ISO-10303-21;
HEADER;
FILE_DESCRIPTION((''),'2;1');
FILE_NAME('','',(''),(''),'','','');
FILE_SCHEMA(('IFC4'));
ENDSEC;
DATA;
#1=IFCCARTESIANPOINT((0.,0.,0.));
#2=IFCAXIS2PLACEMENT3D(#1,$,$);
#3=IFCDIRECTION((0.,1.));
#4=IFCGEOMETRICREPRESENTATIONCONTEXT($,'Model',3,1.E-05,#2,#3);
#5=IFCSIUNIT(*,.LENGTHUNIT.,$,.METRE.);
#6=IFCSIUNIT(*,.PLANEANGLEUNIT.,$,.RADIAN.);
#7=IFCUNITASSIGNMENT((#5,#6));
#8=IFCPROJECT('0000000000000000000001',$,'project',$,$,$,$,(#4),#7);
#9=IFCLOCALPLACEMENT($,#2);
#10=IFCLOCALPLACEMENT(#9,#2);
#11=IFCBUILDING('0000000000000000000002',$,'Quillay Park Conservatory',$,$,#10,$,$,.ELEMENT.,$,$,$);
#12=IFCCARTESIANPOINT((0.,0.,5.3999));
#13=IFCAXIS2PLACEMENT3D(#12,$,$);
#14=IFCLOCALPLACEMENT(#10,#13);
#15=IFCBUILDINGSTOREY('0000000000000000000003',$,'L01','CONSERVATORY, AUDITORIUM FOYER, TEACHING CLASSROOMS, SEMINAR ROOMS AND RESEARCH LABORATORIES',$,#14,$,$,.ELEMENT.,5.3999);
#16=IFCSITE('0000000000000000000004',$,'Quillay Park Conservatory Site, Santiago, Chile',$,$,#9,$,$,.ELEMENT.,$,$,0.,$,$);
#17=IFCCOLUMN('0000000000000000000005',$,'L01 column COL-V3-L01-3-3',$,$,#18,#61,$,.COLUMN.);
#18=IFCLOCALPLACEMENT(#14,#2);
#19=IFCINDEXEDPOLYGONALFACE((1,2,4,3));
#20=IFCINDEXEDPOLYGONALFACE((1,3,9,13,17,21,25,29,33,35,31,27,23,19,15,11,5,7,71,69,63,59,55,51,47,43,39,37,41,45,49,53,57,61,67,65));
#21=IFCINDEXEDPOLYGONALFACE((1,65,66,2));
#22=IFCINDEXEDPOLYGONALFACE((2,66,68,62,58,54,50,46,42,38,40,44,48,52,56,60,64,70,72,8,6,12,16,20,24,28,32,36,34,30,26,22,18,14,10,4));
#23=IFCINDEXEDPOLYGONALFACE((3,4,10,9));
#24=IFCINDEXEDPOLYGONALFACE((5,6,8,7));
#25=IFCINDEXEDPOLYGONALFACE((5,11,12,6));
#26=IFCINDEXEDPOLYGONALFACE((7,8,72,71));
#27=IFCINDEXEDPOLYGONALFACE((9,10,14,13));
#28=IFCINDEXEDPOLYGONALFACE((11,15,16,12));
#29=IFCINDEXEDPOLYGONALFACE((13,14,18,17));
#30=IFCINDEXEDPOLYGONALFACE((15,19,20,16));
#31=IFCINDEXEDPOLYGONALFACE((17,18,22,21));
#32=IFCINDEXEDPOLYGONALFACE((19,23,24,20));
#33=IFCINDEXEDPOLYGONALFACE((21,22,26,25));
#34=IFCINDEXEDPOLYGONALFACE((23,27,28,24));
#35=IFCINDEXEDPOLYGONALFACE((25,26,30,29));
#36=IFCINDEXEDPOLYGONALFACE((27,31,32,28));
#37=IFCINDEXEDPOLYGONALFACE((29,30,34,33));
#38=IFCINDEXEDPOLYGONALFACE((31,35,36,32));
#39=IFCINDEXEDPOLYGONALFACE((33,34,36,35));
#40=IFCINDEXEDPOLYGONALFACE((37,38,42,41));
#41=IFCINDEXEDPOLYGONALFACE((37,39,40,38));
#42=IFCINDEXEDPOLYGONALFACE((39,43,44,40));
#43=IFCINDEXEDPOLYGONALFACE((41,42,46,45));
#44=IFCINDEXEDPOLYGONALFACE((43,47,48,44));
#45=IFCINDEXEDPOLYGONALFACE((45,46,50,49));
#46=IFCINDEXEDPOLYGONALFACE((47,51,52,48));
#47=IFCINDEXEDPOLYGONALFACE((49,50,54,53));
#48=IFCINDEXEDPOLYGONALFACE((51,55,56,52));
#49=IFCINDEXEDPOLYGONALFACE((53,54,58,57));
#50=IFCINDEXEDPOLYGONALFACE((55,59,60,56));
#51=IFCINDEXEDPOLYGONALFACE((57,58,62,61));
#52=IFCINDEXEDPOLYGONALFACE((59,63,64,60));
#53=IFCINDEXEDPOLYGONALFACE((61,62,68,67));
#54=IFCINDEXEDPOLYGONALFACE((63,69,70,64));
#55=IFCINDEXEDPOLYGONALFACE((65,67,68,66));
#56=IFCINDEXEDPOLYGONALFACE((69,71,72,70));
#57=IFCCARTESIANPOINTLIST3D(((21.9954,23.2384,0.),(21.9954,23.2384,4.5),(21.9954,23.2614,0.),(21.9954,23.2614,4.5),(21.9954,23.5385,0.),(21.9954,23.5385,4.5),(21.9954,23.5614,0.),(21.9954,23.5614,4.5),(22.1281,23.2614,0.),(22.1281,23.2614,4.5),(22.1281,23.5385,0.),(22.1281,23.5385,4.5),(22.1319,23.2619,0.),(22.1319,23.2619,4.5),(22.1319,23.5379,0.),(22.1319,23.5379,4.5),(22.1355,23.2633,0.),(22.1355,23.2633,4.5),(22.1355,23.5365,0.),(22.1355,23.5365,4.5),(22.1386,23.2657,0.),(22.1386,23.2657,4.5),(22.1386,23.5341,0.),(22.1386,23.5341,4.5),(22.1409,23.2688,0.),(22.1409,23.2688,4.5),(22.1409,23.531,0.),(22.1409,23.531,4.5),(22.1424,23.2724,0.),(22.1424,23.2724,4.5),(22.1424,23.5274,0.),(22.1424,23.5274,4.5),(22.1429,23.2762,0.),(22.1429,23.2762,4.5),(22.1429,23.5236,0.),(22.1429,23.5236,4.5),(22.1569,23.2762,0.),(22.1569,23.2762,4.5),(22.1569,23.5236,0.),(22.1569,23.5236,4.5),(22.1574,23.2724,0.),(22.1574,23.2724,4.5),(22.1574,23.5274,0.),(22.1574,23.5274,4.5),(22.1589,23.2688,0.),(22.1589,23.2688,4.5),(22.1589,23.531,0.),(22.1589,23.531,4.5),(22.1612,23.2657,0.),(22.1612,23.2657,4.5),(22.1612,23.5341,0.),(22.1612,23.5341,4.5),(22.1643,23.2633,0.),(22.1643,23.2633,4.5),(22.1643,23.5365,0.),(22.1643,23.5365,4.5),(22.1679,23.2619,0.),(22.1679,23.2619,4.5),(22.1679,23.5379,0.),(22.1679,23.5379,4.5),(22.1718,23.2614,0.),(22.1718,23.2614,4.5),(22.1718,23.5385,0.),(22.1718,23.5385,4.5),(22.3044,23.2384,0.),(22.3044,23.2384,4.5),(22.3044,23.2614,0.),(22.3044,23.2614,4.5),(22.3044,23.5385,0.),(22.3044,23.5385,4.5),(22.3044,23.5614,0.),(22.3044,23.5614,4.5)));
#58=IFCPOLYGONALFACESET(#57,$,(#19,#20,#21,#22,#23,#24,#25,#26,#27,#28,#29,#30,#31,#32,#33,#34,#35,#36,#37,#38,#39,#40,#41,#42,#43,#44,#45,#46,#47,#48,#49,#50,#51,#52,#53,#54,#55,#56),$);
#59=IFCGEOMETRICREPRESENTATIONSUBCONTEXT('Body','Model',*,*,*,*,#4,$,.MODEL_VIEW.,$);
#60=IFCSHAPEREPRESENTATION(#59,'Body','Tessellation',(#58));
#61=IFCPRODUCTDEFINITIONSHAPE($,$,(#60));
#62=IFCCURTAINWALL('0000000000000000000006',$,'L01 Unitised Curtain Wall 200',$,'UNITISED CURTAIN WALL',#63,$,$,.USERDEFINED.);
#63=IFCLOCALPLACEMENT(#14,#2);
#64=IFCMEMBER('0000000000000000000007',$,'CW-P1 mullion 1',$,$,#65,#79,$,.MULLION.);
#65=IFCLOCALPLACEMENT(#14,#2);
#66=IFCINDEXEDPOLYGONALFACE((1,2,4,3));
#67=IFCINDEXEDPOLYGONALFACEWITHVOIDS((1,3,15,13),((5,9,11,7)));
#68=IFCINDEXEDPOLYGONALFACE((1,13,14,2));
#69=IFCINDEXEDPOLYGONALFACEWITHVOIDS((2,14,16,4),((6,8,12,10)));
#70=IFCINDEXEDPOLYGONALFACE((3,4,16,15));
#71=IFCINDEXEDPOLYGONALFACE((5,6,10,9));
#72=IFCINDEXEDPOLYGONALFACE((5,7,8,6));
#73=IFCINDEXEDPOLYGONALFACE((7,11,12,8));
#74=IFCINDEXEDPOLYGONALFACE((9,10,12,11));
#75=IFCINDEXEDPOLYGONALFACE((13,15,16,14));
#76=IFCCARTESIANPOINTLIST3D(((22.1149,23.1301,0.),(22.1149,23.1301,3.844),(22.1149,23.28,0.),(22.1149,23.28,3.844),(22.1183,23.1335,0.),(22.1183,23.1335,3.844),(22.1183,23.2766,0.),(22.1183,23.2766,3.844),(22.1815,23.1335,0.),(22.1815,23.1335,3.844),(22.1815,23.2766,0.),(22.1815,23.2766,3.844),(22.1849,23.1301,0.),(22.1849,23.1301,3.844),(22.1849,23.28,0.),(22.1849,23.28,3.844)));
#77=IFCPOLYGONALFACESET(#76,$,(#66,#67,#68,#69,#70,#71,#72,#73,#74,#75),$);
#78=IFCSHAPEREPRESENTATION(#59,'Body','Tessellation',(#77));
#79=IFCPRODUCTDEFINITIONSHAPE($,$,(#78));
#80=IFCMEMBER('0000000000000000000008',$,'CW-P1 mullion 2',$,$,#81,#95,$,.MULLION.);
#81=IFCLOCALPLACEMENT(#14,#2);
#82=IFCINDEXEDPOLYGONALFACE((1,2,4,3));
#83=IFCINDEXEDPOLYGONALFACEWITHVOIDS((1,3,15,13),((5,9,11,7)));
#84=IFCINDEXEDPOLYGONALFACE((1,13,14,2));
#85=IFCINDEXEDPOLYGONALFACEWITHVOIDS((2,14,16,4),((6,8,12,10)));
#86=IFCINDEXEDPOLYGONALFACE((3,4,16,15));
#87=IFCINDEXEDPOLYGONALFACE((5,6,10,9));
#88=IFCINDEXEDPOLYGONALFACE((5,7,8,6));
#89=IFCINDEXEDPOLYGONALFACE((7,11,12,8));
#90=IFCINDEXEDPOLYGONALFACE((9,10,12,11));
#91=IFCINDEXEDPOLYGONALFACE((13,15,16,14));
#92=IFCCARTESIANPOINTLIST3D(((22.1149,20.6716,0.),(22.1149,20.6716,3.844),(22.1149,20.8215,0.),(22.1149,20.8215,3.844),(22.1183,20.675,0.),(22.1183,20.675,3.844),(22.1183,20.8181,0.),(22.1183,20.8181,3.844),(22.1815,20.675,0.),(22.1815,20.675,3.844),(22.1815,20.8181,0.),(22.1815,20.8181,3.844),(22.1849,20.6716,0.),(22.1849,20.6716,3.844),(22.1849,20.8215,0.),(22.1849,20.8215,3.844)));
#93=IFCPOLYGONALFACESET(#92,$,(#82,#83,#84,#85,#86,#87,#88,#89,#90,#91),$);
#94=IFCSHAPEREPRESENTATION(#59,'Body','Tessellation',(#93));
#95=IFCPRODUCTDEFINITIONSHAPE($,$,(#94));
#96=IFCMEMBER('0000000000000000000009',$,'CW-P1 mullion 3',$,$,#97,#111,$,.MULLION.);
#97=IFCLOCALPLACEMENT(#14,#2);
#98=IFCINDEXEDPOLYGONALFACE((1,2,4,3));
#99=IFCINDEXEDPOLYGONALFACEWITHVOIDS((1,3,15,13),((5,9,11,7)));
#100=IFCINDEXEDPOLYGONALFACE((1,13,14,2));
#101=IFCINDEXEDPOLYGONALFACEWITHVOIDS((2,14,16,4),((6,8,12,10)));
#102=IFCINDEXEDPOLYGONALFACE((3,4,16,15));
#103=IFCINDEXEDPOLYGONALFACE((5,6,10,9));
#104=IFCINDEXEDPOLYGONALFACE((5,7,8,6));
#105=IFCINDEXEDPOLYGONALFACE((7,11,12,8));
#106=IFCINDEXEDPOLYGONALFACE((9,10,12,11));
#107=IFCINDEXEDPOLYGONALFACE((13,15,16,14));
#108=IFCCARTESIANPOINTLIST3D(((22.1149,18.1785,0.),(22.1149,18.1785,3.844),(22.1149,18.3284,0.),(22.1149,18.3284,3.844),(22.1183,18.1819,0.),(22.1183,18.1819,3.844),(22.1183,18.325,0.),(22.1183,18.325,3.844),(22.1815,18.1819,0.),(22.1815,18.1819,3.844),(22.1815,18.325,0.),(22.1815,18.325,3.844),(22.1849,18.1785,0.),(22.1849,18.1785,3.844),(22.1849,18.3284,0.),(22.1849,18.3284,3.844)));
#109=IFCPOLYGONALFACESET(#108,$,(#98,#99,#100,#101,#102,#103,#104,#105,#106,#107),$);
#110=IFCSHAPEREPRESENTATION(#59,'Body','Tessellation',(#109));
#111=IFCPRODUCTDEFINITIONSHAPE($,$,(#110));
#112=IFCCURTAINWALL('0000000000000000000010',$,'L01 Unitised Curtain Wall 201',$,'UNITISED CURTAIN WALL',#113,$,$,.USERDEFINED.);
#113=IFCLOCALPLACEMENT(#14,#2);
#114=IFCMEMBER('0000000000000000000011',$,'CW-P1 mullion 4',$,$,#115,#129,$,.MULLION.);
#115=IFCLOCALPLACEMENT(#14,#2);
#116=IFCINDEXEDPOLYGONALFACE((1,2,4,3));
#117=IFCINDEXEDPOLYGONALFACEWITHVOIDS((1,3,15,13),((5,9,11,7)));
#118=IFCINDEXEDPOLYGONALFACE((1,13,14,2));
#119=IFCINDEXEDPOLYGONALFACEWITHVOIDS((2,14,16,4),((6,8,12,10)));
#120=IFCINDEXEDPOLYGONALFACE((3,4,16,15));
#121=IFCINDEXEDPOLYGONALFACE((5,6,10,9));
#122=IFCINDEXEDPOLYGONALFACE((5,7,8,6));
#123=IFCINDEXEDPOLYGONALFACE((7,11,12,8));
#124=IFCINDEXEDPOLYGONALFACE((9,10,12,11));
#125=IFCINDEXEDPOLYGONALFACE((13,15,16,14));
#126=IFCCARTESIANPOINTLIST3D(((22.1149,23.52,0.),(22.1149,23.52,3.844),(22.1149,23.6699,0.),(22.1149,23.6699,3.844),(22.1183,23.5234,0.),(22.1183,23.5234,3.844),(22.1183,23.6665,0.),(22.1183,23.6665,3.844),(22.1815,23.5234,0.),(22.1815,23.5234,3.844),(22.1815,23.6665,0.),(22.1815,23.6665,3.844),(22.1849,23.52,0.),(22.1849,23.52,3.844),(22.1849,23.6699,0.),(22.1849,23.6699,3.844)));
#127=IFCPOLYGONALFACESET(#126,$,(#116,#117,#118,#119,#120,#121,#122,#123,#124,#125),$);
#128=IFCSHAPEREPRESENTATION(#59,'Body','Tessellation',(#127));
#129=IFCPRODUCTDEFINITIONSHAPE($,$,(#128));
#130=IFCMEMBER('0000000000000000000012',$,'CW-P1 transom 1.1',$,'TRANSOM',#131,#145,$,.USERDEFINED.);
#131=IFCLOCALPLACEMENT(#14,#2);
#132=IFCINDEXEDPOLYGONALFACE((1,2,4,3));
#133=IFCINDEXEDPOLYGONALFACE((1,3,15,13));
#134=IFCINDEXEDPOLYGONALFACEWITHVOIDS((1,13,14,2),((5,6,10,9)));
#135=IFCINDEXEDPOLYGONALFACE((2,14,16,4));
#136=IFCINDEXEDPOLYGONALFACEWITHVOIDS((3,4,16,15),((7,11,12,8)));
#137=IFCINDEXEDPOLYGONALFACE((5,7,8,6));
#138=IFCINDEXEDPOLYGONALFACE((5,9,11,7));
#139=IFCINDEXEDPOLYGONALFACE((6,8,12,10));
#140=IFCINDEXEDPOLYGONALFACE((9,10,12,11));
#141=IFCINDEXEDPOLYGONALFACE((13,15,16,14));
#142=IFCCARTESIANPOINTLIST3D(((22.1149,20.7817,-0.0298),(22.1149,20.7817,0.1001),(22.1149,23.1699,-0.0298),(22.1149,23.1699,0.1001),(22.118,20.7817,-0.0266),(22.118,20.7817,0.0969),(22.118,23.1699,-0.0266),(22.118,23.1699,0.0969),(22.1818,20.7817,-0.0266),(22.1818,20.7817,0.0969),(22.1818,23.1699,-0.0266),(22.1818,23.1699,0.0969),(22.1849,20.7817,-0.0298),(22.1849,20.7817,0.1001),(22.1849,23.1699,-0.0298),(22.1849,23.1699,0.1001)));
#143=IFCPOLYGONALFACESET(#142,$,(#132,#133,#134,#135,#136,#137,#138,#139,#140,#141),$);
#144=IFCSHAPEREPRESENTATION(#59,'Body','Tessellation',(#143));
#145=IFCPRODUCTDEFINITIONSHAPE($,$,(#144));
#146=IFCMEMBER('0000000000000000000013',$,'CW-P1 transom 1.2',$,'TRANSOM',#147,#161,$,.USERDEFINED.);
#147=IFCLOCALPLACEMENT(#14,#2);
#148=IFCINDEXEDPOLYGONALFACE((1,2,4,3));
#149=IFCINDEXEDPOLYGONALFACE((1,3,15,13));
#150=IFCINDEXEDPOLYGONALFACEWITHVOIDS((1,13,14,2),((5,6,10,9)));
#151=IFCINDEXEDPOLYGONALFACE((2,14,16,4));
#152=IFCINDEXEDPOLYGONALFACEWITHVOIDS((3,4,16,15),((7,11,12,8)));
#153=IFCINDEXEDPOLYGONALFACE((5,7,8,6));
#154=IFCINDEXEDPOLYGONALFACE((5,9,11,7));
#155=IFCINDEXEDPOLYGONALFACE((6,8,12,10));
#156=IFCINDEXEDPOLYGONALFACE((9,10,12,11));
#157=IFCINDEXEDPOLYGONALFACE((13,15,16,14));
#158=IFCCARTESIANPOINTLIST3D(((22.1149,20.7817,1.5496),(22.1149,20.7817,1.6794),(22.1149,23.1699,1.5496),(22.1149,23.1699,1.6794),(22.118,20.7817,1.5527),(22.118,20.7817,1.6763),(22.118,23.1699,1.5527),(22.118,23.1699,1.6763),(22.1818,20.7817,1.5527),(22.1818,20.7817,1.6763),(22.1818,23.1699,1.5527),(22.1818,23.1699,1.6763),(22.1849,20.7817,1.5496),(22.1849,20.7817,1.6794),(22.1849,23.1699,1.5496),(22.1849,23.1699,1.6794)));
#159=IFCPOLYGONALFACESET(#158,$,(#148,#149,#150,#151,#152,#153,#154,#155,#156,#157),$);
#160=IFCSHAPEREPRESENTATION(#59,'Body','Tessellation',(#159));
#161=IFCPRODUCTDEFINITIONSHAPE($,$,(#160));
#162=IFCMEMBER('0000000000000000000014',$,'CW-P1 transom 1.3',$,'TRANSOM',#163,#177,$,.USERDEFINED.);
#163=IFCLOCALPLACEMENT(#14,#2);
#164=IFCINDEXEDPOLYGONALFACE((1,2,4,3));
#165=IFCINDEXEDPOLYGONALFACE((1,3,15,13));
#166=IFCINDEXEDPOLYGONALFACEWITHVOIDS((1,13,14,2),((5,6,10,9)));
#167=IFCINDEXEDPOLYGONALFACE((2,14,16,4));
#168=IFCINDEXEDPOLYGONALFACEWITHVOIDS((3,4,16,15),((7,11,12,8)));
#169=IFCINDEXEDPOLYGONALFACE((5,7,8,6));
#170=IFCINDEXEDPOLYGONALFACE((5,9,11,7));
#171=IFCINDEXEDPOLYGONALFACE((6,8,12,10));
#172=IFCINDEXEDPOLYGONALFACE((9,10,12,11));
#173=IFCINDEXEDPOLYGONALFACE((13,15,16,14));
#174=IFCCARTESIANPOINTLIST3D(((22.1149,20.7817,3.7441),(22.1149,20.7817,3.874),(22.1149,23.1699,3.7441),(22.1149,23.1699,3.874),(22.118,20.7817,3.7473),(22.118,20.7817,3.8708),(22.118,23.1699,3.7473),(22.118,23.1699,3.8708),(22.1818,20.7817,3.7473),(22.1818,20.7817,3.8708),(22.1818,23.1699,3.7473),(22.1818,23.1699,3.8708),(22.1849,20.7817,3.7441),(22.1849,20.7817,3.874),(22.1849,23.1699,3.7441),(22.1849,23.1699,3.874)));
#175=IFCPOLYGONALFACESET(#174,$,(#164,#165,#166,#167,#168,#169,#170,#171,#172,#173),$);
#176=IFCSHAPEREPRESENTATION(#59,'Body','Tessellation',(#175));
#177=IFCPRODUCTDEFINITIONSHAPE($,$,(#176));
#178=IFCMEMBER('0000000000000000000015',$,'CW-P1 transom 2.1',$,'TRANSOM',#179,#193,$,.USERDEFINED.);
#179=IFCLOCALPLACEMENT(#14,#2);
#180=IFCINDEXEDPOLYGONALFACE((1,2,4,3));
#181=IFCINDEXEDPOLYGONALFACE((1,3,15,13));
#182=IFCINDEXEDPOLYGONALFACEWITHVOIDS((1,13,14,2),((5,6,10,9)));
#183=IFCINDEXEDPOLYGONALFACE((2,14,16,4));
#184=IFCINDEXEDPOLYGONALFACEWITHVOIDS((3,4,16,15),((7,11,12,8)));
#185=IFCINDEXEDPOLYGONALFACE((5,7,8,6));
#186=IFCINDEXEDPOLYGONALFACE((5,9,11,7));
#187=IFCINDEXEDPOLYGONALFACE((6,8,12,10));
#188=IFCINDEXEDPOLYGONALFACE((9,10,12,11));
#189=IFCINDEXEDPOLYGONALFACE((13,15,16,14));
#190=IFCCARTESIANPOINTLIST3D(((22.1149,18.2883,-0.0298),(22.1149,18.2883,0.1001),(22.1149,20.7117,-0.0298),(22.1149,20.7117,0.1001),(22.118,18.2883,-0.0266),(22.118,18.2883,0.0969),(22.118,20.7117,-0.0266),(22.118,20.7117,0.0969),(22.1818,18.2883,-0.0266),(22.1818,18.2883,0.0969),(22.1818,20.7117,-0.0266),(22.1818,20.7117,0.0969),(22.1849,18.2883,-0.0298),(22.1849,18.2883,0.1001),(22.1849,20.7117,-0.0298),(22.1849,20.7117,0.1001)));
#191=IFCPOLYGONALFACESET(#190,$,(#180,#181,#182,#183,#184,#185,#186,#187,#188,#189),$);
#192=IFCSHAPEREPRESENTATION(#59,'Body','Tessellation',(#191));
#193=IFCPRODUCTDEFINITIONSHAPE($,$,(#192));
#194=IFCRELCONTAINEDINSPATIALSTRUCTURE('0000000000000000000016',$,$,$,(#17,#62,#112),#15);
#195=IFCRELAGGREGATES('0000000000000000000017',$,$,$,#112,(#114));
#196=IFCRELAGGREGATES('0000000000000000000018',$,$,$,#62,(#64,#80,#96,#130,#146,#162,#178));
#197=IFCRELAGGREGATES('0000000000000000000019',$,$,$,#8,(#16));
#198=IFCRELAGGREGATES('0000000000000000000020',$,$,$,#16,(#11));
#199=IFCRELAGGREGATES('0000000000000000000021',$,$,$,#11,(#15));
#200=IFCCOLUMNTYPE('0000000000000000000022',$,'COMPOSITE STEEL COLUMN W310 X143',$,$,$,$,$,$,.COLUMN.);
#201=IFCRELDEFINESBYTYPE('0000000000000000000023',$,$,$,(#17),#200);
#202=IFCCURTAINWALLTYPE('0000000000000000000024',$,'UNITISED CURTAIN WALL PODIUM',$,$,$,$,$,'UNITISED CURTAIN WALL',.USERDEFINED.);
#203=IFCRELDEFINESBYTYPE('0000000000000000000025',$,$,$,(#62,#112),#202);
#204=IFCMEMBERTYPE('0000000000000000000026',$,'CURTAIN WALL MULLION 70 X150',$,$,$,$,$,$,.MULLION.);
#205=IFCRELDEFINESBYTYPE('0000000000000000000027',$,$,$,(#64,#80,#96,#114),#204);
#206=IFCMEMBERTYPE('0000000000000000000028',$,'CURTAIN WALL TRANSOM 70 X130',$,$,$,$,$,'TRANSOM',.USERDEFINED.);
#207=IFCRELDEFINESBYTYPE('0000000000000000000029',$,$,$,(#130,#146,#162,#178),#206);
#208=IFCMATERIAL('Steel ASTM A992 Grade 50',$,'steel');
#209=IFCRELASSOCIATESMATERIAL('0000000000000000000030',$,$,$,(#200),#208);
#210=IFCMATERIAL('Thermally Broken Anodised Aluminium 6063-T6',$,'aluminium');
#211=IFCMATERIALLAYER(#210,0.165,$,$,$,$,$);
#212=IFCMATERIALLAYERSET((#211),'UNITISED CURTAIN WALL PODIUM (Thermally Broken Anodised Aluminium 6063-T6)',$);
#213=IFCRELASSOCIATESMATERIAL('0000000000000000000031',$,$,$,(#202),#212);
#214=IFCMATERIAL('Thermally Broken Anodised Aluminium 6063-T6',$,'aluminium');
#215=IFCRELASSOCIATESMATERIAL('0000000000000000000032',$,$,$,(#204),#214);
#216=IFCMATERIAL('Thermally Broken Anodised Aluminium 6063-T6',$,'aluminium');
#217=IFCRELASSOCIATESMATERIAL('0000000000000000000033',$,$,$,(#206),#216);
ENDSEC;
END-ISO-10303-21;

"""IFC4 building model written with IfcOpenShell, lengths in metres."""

from ifc_helpers import new_model, si_unit, direction, frame, origin, origin_2d, place, context, subcontext, project, spatial, hollow_rectangle, i_section, extrude, material, layer, layer_set, material_profile, profile_set, type_object, element, aggregate, save


model = new_model("IFC4")

# Units and contexts
model_context = context("Model", 3, precision=1e-05, world=origin(), true_north=direction((0.0, 1.0)))
body_context = subcontext(model_context, "Body", "Model", "MODEL_VIEW")
ifc_project = project(units=[si_unit("LENGTHUNIT", "METRE"), si_unit("PLANEANGLEUNIT", "RADIAN")], contexts=[model_context])

# Site, building, storey
site_placement = place(None, origin())
site = spatial("IfcSite", under=ifc_project, at=site_placement, Name="Quillay Park Conservatory Site, Santiago, Chile", CompositionType="ELEMENT", RefElevation=0.0)
building_placement = place(site_placement, origin())
building = spatial("IfcBuilding", under=site, at=building_placement, Name="Quillay Park Conservatory", CompositionType="ELEMENT")
storey_placement = place(building_placement, frame((0.0, 0.0, 5.3999)))
storey = spatial("IfcBuildingStorey", under=building, at=storey_placement, Name="L01", Description="CONSERVATORY, AUDITORIUM FOYER, TEACHING CLASSROOMS, SEMINAR ROOMS AND RESEARCH LABORATORIES", CompositionType="ELEMENT", Elevation=5.3999)

# Column
ifc_material_1 = material(Name="Steel ASTM A992 Grade 50", Category="steel")
ifc_material_profile_1 = material_profile(ifc_material_1, i_section(OverallWidth=0.3091, OverallDepth=0.323, WebThickness=0.0139, FlangeThickness=0.0229, FilletRadius=0.0149, at=origin_2d()), Name="W310x143")
ifc_profile_set_1 = profile_set([ifc_material_profile_1], Name="Steel ASTM A992 Grade 50")
column_type = type_object("IfcColumnType", Name="COMPOSITE STEEL COLUMN W310 X143", PredefinedType="COLUMN", material=ifc_profile_set_1)
column_placement = place(storey_placement, frame((22.1499, 23.3999, 0.0), z_axis=(0.0, 0.0, 1.0), x_axis=(1.0, 0.0, 0.0)))
element("IfcColumn", 1, at=column_placement, inside=storey, type_object=column_type, Name="L01 column COL-V3-L01-3-3", PredefinedType="COLUMN", context=body_context, shape_type="SweptSolid", body=[
    extrude(i_section(OverallWidth=0.3091, OverallDepth=0.323, WebThickness=0.0139, FlangeThickness=0.0229, FilletRadius=0.0149, at=origin_2d()), origin(), (0.0, 0.0, 1.0), 4.5),
])

# Curtain wall, members
ifc_material_2 = material(Name="Thermally Broken Anodised Aluminium 6063-T6", Category="aluminium")
ifc_layer_1 = layer(ifc_material_2, 0.165)
ifc_layer_set_1 = layer_set([ifc_layer_1], Name="UNITISED CURTAIN WALL PODIUM (Thermally Broken Anodised Aluminium 6063-T6)")
curtain_wall_type = type_object("IfcCurtainWallType", Name="UNITISED CURTAIN WALL PODIUM", ElementType="UNITISED CURTAIN WALL", PredefinedType="USERDEFINED", material=ifc_layer_set_1)
curtain_wall_1_placement = place(storey_placement, origin())
curtain_wall_1 = element("IfcCurtainWall", 2, at=curtain_wall_1_placement, inside=storey, type_object=curtain_wall_type, Name="L01 Unitised Curtain Wall 200", ObjectType="UNITISED CURTAIN WALL", PredefinedType="USERDEFINED")
ifc_material_3 = material(Name="Thermally Broken Anodised Aluminium 6063-T6", Category="aluminium")
ifc_material_profile_2 = material_profile(ifc_material_3, hollow_rectangle(XDim=0.0701, YDim=0.1499, WallThickness=0.0034, at=origin_2d()), Name="AL70x150x3.5")
ifc_profile_set_2 = profile_set([ifc_material_profile_2], Name="Thermally Broken Anodised Aluminium 6063-T6")
member_type_1 = type_object("IfcMemberType", Name="CURTAIN WALL MULLION 70 X150", PredefinedType="MULLION", material=ifc_profile_set_2)
member_1_placement = place(storey_placement, frame((22.1499, 23.2051, 0.0), z_axis=(0.0, 0.0, 1.0), x_axis=(1.0, 0.0, 0.0)))
member_1 = element("IfcMember", 3, at=member_1_placement, type_object=member_type_1, Name="CW-P1 mullion 1", PredefinedType="MULLION", context=body_context, shape_type="SweptSolid", body=[
    extrude(hollow_rectangle(XDim=0.0701, YDim=0.1499, WallThickness=0.0034, at=origin_2d()), origin(), (0.0, 0.0, 1.0), 3.844),
])
member_2_placement = place(storey_placement, frame((22.1499, 20.7466, 0.0), z_axis=(0.0, 0.0, 1.0), x_axis=(1.0, 0.0, 0.0)))
member_2 = element("IfcMember", 4, at=member_2_placement, type_object=member_type_1, Name="CW-P1 mullion 2", PredefinedType="MULLION", context=body_context, shape_type="SweptSolid", body=[
    extrude(hollow_rectangle(XDim=0.0701, YDim=0.1499, WallThickness=0.0034, at=origin_2d()), origin(), (0.0, 0.0, 1.0), 3.844),
])
member_3_placement = place(storey_placement, frame((22.1499, 18.2534, 0.0), z_axis=(0.0, 0.0, 1.0), x_axis=(1.0, 0.0, 0.0)))
member_3 = element("IfcMember", 5, at=member_3_placement, type_object=member_type_1, Name="CW-P1 mullion 3", PredefinedType="MULLION", context=body_context, shape_type="SweptSolid", body=[
    extrude(hollow_rectangle(XDim=0.0701, YDim=0.1499, WallThickness=0.0034, at=origin_2d()), origin(), (0.0, 0.0, 1.0), 3.844),
])

# Curtain wall, member
curtain_wall_2_placement = place(storey_placement, origin())
curtain_wall_2 = element("IfcCurtainWall", 6, at=curtain_wall_2_placement, inside=storey, type_object=curtain_wall_type, Name="L01 Unitised Curtain Wall 201", ObjectType="UNITISED CURTAIN WALL", PredefinedType="USERDEFINED")
member_4_placement = place(storey_placement, frame((22.1499, 23.595, 0.0), z_axis=(0.0, 0.0, 1.0), x_axis=(1.0, 0.0, 0.0)))
member_4 = element("IfcMember", 7, at=member_4_placement, type_object=member_type_1, Name="CW-P1 mullion 4", PredefinedType="MULLION", context=body_context, shape_type="SweptSolid", body=[
    extrude(hollow_rectangle(XDim=0.0701, YDim=0.1499, WallThickness=0.0034, at=origin_2d()), origin(), (0.0, 0.0, 1.0), 3.844),
])
aggregate(curtain_wall_2, [member_4])

# Members
ifc_material_4 = material(Name="Thermally Broken Anodised Aluminium 6063-T6", Category="aluminium")
ifc_material_profile_3 = material_profile(ifc_material_4, hollow_rectangle(XDim=0.0701, YDim=0.1299, WallThickness=0.0032, at=origin_2d()), Name="AL70x130x3.2")
ifc_profile_set_3 = profile_set([ifc_material_profile_3], Name="Thermally Broken Anodised Aluminium 6063-T6")
member_type_2 = type_object("IfcMemberType", Name="CURTAIN WALL TRANSOM 70 X130", ElementType="TRANSOM", PredefinedType="USERDEFINED", material=ifc_profile_set_3)
member_5_placement = place(storey_placement, frame((22.1499, 23.1699, 0.0352), z_axis=(0.0, -1.0, 0.0), x_axis=(1.0, 0.0, 0.0)))
member_5 = element("IfcMember", 8, at=member_5_placement, type_object=member_type_2, Name="CW-P1 transom 1.1", ObjectType="TRANSOM", PredefinedType="USERDEFINED", context=body_context, shape_type="SweptSolid", body=[
    extrude(hollow_rectangle(XDim=0.0701, YDim=0.1299, WallThickness=0.0032, at=origin_2d()), origin(), (0.0, 0.0, 1.0), 2.3882),
])
member_6_placement = place(storey_placement, frame((22.1499, 23.1699, 1.6145), z_axis=(0.0, -1.0, 0.0), x_axis=(1.0, 0.0, 0.0)))
member_6 = element("IfcMember", 9, at=member_6_placement, type_object=member_type_2, Name="CW-P1 transom 1.2", ObjectType="TRANSOM", PredefinedType="USERDEFINED", context=body_context, shape_type="SweptSolid", body=[
    extrude(hollow_rectangle(XDim=0.0701, YDim=0.1299, WallThickness=0.0032, at=origin_2d()), origin(), (0.0, 0.0, 1.0), 2.3882),
])
member_7_placement = place(storey_placement, frame((22.1499, 23.1699, 3.8091), z_axis=(0.0, -1.0, 0.0), x_axis=(1.0, 0.0, 0.0)))
member_7 = element("IfcMember", 10, at=member_7_placement, type_object=member_type_2, Name="CW-P1 transom 1.3", ObjectType="TRANSOM", PredefinedType="USERDEFINED", context=body_context, shape_type="SweptSolid", body=[
    extrude(hollow_rectangle(XDim=0.0701, YDim=0.1299, WallThickness=0.0032, at=origin_2d()), origin(), (0.0, 0.0, 1.0), 2.3882),
])
member_8_placement = place(storey_placement, frame((22.1499, 20.7117, 0.0352), z_axis=(0.0, -1.0, 0.0), x_axis=(1.0, 0.0, 0.0)))
member_8 = element("IfcMember", 11, at=member_8_placement, type_object=member_type_2, Name="CW-P1 transom 2.1", ObjectType="TRANSOM", PredefinedType="USERDEFINED", context=body_context, shape_type="SweptSolid", body=[
    extrude(hollow_rectangle(XDim=0.0701, YDim=0.1299, WallThickness=0.0032, at=origin_2d()), origin(), (0.0, 0.0, 1.0), 2.4233),
])

aggregate(curtain_wall_1, [member_1, member_2, member_3, member_5, member_6, member_7, member_8])

save(model, "model.ifc")
